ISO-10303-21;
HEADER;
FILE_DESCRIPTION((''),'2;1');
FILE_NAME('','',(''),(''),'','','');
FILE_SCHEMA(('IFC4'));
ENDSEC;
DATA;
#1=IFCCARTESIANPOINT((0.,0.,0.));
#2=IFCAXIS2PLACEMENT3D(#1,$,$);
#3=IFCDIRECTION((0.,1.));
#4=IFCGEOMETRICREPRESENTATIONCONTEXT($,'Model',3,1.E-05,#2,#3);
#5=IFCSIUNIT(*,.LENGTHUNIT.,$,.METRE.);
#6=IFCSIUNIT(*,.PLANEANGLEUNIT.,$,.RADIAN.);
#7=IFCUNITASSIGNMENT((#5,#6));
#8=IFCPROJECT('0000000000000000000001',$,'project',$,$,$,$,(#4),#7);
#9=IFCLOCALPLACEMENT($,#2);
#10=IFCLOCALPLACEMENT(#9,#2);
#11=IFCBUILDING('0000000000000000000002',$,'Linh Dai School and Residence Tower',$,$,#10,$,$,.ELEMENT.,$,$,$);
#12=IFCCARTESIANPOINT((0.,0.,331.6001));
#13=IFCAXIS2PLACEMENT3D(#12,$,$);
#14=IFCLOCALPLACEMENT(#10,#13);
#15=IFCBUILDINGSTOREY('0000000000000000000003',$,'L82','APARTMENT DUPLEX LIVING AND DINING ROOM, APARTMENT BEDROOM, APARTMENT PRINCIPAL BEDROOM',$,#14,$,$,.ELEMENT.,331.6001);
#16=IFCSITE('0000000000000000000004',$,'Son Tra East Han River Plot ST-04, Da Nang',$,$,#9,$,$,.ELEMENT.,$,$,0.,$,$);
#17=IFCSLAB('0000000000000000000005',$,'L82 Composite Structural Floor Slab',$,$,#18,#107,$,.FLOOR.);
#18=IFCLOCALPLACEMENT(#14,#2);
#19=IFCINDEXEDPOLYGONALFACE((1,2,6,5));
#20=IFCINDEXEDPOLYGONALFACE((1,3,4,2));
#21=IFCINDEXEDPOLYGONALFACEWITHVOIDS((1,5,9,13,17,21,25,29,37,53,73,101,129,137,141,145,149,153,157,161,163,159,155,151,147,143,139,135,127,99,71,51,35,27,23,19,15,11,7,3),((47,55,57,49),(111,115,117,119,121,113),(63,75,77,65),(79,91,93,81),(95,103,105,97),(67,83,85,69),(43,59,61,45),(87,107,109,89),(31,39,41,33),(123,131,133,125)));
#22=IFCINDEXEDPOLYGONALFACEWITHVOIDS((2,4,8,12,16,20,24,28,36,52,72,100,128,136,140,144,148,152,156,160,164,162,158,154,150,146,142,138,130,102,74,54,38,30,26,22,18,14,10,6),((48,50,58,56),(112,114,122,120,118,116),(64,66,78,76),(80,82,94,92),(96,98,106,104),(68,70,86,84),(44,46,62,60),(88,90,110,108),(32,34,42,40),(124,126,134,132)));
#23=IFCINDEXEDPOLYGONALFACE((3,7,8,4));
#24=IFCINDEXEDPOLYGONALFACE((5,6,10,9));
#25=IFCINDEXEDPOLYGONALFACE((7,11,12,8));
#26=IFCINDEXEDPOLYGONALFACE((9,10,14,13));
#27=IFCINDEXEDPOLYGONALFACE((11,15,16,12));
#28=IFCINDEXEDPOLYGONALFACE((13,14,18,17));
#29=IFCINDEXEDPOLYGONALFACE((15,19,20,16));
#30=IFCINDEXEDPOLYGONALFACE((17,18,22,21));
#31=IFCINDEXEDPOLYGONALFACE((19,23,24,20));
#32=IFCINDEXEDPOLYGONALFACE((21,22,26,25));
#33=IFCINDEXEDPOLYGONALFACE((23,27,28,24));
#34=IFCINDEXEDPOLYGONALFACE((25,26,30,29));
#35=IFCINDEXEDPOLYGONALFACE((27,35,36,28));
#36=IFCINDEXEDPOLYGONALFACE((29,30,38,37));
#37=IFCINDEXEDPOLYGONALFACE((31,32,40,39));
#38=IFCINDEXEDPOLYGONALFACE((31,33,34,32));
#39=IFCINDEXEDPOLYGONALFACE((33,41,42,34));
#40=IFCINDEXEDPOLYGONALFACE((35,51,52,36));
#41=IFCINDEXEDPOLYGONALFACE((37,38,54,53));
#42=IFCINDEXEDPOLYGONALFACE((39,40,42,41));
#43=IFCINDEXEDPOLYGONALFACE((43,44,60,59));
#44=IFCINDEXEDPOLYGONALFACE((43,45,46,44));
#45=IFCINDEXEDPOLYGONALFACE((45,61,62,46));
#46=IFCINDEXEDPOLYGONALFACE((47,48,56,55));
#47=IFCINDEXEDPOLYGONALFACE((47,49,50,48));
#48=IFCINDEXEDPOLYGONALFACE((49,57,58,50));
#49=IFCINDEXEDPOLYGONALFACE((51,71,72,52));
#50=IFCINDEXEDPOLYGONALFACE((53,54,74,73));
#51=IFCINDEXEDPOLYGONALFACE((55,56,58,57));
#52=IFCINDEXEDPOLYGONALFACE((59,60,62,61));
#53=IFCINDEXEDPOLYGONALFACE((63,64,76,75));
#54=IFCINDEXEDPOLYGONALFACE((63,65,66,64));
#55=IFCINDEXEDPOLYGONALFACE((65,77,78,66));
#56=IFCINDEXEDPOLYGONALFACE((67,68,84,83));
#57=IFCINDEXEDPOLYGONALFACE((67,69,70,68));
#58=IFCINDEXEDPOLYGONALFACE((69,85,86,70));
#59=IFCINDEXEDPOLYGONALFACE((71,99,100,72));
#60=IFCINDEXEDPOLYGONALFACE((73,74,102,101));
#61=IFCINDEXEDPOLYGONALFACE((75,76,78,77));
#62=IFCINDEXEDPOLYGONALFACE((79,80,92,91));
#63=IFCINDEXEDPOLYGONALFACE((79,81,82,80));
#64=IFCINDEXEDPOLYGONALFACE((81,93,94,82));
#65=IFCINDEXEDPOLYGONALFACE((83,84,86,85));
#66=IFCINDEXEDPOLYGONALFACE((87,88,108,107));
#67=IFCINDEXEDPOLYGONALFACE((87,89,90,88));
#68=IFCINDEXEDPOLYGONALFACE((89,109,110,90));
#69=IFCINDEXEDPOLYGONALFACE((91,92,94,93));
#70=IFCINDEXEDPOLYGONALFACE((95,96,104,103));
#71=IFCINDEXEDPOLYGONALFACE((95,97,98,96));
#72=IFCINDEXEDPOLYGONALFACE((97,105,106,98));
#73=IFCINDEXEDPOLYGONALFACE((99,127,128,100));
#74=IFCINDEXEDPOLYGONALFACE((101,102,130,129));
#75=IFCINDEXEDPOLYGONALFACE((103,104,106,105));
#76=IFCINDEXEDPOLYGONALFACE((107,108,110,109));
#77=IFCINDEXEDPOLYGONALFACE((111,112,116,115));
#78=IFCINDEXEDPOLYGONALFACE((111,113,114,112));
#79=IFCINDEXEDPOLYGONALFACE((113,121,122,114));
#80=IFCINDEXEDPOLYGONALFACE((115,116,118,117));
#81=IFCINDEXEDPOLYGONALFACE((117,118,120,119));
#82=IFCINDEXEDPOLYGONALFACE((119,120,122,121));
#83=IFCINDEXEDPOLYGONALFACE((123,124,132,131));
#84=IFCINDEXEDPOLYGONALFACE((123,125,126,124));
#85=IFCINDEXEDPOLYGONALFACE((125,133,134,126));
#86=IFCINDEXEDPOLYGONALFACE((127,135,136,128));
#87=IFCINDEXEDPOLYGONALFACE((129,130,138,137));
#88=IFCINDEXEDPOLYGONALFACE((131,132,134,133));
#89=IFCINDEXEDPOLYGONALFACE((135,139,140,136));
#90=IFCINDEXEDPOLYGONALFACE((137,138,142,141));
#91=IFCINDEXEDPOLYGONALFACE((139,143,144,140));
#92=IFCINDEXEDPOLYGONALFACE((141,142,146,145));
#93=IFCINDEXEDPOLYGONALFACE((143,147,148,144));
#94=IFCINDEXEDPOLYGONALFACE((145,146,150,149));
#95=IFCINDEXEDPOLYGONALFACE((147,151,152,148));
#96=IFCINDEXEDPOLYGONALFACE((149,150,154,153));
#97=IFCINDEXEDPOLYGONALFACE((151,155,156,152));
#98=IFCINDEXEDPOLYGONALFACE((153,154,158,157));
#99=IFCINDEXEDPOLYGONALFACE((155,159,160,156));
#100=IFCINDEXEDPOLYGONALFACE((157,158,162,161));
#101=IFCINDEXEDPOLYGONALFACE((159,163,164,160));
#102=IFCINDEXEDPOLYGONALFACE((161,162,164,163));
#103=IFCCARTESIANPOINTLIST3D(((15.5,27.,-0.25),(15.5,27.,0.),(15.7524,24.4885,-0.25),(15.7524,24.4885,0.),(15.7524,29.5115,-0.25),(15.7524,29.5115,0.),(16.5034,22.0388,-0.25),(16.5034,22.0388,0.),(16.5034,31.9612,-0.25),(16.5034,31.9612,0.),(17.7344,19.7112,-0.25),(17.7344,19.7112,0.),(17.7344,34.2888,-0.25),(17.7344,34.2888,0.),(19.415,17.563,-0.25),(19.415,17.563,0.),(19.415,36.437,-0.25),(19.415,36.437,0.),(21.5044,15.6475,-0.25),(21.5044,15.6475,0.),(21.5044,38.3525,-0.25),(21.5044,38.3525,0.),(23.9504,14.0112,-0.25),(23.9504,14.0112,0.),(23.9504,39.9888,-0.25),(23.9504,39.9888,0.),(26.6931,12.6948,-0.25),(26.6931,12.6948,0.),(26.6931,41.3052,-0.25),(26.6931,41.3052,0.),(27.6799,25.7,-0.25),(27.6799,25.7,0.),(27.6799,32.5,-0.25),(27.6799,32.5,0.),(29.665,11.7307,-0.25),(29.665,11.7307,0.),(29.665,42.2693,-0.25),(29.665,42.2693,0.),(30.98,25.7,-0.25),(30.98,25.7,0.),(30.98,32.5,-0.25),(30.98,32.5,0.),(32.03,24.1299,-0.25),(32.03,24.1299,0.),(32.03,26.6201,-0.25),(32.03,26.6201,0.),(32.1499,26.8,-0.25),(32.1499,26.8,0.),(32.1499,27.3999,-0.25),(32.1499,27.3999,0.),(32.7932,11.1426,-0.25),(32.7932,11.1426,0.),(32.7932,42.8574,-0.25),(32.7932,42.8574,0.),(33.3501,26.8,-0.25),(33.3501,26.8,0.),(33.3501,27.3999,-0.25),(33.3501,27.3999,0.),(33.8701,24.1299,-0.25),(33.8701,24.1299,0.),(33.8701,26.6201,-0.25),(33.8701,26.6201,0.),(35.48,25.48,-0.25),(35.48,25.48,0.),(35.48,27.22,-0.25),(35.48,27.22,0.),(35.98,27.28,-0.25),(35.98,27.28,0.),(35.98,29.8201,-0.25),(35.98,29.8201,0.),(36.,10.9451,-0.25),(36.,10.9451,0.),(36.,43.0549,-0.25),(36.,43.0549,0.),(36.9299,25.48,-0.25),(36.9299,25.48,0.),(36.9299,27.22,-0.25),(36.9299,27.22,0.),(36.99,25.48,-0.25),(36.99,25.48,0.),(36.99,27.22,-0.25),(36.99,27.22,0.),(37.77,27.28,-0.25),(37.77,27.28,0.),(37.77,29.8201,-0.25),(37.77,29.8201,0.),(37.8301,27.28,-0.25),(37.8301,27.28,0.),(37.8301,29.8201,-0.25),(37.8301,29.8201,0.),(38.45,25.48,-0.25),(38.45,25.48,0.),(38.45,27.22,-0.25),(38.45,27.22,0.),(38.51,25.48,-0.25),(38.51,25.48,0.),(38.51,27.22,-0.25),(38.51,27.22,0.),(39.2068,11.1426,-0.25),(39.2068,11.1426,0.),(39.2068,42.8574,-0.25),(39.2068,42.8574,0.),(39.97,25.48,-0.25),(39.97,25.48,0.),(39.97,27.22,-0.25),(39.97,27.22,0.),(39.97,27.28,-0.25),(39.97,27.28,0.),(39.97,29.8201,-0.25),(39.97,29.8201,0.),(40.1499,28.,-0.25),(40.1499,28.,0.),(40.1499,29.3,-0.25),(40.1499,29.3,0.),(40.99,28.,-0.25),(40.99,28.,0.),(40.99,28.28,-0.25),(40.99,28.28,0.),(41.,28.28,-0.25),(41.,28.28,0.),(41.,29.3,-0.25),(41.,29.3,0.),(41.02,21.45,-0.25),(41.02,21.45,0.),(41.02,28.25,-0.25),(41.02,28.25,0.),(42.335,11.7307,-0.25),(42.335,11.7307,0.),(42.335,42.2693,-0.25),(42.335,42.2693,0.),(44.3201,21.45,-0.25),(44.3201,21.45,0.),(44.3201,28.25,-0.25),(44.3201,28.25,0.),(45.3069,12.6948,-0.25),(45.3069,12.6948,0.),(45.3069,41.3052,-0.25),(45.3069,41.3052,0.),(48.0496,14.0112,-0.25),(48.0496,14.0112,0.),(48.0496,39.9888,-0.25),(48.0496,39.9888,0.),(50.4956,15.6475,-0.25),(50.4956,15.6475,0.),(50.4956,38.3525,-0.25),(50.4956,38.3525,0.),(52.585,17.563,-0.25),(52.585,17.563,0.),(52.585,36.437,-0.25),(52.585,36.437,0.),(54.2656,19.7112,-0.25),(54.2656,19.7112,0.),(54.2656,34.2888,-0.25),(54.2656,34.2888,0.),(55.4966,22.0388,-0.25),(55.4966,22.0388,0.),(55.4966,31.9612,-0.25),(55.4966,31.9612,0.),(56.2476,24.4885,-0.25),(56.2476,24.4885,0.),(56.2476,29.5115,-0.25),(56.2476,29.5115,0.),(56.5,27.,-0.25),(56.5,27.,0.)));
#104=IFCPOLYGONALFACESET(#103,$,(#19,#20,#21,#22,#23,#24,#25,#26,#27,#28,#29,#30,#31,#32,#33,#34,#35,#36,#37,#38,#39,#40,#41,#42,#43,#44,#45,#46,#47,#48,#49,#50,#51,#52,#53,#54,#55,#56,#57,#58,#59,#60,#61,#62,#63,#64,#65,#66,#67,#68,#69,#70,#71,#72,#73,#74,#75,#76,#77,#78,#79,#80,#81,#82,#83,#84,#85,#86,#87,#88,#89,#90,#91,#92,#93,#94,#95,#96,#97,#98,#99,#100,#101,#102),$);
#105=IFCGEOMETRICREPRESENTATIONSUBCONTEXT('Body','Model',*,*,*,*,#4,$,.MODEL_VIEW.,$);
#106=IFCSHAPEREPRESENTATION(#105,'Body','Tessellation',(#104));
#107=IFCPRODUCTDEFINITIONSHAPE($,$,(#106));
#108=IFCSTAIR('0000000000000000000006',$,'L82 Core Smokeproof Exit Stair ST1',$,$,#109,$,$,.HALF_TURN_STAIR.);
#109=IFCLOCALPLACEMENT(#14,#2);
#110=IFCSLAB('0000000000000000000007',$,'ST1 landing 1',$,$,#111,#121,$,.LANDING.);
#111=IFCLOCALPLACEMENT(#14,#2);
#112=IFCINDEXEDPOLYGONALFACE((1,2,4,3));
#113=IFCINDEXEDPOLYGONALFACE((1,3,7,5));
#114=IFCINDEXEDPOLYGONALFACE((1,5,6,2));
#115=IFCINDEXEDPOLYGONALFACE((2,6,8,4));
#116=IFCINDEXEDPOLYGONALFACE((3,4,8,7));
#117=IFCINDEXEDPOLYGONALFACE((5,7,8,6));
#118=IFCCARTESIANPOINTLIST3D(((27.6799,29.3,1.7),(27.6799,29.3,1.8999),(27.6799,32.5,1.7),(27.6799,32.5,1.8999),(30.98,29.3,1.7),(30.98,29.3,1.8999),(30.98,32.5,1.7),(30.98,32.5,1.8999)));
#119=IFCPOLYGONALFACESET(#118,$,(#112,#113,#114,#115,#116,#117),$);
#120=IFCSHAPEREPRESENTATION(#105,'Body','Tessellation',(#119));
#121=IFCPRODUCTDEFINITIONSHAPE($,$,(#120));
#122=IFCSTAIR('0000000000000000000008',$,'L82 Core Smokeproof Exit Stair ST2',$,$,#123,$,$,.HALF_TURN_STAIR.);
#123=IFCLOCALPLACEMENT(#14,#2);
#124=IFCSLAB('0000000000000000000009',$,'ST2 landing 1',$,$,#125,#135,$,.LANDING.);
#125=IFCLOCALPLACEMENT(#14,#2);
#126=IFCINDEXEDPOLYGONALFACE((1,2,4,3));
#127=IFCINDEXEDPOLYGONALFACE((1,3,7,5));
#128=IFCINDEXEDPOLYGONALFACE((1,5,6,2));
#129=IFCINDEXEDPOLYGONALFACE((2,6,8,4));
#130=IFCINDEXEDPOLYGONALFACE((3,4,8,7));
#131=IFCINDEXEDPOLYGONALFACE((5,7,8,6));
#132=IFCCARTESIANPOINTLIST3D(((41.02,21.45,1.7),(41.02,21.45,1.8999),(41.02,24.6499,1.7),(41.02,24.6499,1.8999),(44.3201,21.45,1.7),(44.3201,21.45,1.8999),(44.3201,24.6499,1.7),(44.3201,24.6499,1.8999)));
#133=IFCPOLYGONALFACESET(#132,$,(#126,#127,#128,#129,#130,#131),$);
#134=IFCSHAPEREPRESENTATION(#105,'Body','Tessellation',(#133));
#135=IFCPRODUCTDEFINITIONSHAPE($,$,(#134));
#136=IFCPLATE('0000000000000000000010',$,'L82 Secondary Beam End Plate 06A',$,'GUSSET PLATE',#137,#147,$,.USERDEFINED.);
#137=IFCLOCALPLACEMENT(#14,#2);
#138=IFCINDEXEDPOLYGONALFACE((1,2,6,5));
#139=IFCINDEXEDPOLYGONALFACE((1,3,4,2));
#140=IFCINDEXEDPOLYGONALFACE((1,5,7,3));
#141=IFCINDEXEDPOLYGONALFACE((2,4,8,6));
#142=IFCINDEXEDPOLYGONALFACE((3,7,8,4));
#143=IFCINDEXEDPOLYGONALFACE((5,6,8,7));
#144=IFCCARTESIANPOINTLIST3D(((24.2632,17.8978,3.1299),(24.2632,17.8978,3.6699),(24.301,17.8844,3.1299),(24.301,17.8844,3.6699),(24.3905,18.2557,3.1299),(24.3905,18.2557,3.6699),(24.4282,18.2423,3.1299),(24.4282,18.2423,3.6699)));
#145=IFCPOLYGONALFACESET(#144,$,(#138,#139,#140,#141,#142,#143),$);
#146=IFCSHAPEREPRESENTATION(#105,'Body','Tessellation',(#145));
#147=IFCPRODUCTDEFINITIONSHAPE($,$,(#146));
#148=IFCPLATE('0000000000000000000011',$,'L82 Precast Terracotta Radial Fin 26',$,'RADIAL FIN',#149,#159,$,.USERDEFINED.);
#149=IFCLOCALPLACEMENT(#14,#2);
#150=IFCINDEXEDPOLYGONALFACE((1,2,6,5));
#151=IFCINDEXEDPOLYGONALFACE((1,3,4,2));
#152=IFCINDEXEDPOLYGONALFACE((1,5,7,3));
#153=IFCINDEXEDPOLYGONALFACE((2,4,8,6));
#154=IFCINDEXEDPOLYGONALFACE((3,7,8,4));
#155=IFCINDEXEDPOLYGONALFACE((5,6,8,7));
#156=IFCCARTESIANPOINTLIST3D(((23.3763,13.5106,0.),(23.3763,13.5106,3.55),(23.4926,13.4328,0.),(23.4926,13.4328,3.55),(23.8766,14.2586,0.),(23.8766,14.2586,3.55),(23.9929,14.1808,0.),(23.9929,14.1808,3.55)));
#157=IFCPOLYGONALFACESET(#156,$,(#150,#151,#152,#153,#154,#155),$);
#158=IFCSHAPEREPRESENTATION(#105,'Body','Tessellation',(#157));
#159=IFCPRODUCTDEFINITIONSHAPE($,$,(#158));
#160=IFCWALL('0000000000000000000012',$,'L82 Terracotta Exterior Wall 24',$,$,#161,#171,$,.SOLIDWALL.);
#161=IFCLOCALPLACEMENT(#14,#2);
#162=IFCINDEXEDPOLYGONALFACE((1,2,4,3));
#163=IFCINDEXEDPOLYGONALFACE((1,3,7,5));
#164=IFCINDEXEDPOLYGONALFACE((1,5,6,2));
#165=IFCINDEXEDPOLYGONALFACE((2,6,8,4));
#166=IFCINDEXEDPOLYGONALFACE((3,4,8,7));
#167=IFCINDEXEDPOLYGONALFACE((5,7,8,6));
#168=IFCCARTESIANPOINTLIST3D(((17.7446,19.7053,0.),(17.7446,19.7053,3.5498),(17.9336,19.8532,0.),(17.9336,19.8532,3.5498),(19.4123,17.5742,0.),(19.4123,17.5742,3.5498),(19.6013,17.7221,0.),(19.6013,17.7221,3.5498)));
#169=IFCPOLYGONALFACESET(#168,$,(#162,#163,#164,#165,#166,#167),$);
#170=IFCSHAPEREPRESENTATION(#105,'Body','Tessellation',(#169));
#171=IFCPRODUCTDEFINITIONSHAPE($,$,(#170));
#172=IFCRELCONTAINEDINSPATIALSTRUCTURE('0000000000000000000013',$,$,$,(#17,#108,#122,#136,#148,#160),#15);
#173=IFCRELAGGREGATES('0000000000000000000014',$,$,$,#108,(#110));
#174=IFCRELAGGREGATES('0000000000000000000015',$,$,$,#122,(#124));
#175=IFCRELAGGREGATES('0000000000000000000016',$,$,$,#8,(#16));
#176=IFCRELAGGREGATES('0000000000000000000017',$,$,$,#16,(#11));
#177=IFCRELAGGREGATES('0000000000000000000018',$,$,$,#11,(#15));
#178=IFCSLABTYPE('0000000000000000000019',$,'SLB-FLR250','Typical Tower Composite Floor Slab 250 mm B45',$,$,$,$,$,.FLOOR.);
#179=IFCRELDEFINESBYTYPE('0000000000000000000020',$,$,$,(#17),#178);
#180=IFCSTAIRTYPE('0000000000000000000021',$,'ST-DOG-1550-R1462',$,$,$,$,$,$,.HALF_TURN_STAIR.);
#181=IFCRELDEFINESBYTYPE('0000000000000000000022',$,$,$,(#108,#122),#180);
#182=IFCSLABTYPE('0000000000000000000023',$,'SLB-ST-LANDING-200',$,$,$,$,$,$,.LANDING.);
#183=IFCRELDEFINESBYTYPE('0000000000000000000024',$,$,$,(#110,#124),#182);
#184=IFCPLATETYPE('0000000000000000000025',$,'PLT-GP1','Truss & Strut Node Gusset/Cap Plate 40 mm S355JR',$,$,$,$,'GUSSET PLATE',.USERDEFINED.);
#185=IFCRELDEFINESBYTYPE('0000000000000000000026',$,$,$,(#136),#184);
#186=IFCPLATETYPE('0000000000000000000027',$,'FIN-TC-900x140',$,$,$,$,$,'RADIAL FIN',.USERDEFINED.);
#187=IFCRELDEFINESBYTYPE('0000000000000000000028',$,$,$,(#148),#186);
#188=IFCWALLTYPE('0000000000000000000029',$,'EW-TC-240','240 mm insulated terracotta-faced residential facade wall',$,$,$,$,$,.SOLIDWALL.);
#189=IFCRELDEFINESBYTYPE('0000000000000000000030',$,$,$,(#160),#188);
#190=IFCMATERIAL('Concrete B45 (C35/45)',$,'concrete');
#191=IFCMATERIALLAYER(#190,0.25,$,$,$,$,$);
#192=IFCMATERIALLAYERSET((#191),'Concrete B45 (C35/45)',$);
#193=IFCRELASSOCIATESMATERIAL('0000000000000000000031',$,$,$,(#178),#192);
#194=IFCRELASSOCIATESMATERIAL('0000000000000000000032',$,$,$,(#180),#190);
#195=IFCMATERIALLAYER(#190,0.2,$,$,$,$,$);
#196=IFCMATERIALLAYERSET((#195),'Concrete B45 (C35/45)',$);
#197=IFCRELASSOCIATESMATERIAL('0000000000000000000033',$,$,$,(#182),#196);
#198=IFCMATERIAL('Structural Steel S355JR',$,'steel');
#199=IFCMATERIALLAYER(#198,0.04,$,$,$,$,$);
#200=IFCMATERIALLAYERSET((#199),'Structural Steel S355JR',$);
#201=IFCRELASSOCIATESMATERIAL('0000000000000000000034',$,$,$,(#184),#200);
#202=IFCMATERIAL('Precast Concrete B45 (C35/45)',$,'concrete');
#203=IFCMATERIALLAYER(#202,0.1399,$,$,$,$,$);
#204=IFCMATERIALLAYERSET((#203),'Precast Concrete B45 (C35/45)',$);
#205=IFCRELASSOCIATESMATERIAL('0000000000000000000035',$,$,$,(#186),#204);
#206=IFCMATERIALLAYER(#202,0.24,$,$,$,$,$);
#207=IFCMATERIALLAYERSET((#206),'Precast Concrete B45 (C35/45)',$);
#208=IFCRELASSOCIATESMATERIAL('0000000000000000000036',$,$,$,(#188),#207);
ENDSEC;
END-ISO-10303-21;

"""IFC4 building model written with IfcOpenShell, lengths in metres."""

from ifc_helpers import new_model, si_unit, direction, frame, frame_2d, origin, origin_2d, place, context, subcontext, project, spatial, polyline, rectangle, outline, extrude, source, transform, mapped, material, layer, layer_set, type_object, element, aggregate, save


model = new_model("IFC4")

# Units and contexts
model_context = context("Model", 3, precision=1e-05, world=origin(), true_north=direction((0.0, 1.0)))
body_context = subcontext(model_context, "Body", "Model", "MODEL_VIEW")
ifc_project = project(units=[si_unit("LENGTHUNIT", "METRE"), si_unit("PLANEANGLEUNIT", "RADIAN")], contexts=[model_context])

# Site, building, storey
site_placement = place(None, origin())
site = spatial("IfcSite", under=ifc_project, at=site_placement, Name="Son Tra East Han River Plot ST-04, Da Nang", CompositionType="ELEMENT", RefElevation=0.0)
building_placement = place(site_placement, origin())
building = spatial("IfcBuilding", under=site, at=building_placement, Name="Linh Dai School and Residence Tower", CompositionType="ELEMENT")
storey_placement = place(building_placement, frame((0.0, 0.0, 331.6001)))
storey = spatial("IfcBuildingStorey", under=building, at=storey_placement, Name="L82", Description="APARTMENT DUPLEX LIVING AND DINING ROOM, APARTMENT BEDROOM, APARTMENT PRINCIPAL BEDROOM", CompositionType="ELEMENT", Elevation=331.6001)

# Shared definitions
ifc_material_1 = material(Name="Structural Steel S355JR", Category="steel")

# Slab
ifc_material_2 = material(Name="Concrete B45 (C35/45)", Category="concrete")
ifc_layer_1 = layer(ifc_material_2, 0.25)
ifc_layer_set_1 = layer_set([ifc_layer_1], Name="Concrete B45 (C35/45)")
slab_type_1 = type_object("IfcSlabType", Name="SLB-FLR250", Description="Typical Tower Composite Floor Slab 250 mm B45", PredefinedType="FLOOR", material=ifc_layer_set_1)
slab_1_placement = place(storey_placement, frame((0.0, 0.0, -0.25)))
element("IfcSlab", 1, at=slab_1_placement, inside=storey, type_object=slab_type_1, Name="L82 Composite Structural Floor Slab", PredefinedType="FLOOR", context=body_context, shape_type="SweptSolid", body=[
    extrude(outline(polyline([(56.5, 27.0), (56.2476, 29.5115), (55.4966, 31.9612), (54.2656, 34.2888), (52.585, 36.437), (50.4956, 38.3525), (48.0496, 39.9888), (45.3069, 41.3052), (42.335, 42.2693), (39.2068, 42.8574), (36.0, 43.0549), (32.7932, 42.8574), (29.665, 42.2693), (26.6931, 41.3052), (23.9504, 39.9888), (21.5044, 38.3525), (19.415, 36.437), (17.7344, 34.2888), (16.5034, 31.9612), (15.7524, 29.5115), (15.5, 27.0), (15.7524, 24.4885), (16.5034, 22.0388), (17.7344, 19.7112), (19.415, 17.563), (21.5044, 15.6475), (23.9504, 14.0112), (26.6931, 12.6948), (29.665, 11.7307), (32.7932, 11.1426), (36.0, 10.9451), (39.2068, 11.1426), (42.335, 11.7307), (45.3069, 12.6948), (48.0496, 14.0112), (50.4956, 15.6475), (52.585, 17.563), (54.2656, 19.7112), (55.4966, 22.0388), (56.2476, 24.4885), (56.5, 27.0)]), holes=[polyline([(30.98, 25.7), (30.98, 32.5), (27.6799, 32.5), (27.6799, 25.7), (30.98, 25.7)]), polyline([(41.02, 28.25), (41.02, 21.45), (44.3201, 21.45), (44.3201, 28.25), (41.02, 28.25)]), polyline([(35.98, 27.28), (37.77, 27.28), (37.77, 29.8201), (35.98, 29.8201), (35.98, 27.28)]), polyline([(32.03, 24.1299), (33.8701, 24.1299), (33.8701, 26.6201), (32.03, 26.6201), (32.03, 24.1299)]), polyline([(37.8301, 27.28), (39.97, 27.28), (39.97, 29.8201), (37.8301, 29.8201), (37.8301, 27.28)]), polyline([(35.48, 25.48), (36.9299, 25.48), (36.9299, 27.22), (35.48, 27.22), (35.48, 25.48)]), polyline([(36.99, 25.48), (38.45, 25.48), (38.45, 27.22), (36.99, 27.22), (36.99, 25.48)]), polyline([(38.51, 25.48), (39.97, 25.48), (39.97, 27.22), (38.51, 27.22), (38.51, 25.48)]), polyline([(40.1499, 28.0), (40.1499, 29.3), (41.0, 29.3), (41.0, 28.28), (40.99, 28.28), (40.99, 28.0), (40.1499, 28.0)]), polyline([(32.1499, 26.8), (33.3501, 26.8), (33.3501, 27.3999), (32.1499, 27.3999), (32.1499, 26.8)])]), origin(), (0.0, 0.0, 1.0), 0.25),
])

# Stairs, slabs
stair_type = type_object("IfcStairType", Name="ST-DOG-1550-R1462", PredefinedType="HALF_TURN_STAIR", material=ifc_material_2)
stair_1_placement = place(storey_placement, origin())
stair_1 = element("IfcStair", 2, at=stair_1_placement, inside=storey, type_object=stair_type, Name="L82 Core Smokeproof Exit Stair ST1", PredefinedType="HALF_TURN_STAIR")
ifc_layer_2 = layer(ifc_material_2, 0.2)
ifc_layer_set_2 = layer_set([ifc_layer_2], Name="Concrete B45 (C35/45)")
slab_type_2 = type_object("IfcSlabType", Name="SLB-ST-LANDING-200", PredefinedType="LANDING", material=ifc_layer_set_2)
slab_2_placement = place(storey_placement, frame((0.0, 0.0, 1.7)))
slab_2 = element("IfcSlab", 3, at=slab_2_placement, type_object=slab_type_2, Name="ST1 landing 1", PredefinedType="LANDING", context=body_context, shape_type="SweptSolid", body=[
    extrude(outline(polyline([(30.98, 29.3), (30.98, 32.5), (27.6799, 32.5), (27.6799, 29.3), (30.98, 29.3)])), origin(), (0.0, 0.0, 1.0), 0.2),
])
aggregate(stair_1, [slab_2])
stair_2_placement = place(storey_placement, origin())
stair_2 = element("IfcStair", 4, at=stair_2_placement, inside=storey, type_object=stair_type, Name="L82 Core Smokeproof Exit Stair ST2", PredefinedType="HALF_TURN_STAIR")
slab_3_placement = place(storey_placement, frame((0.0, 0.0, 1.7)))
slab_3 = element("IfcSlab", 5, at=slab_3_placement, type_object=slab_type_2, Name="ST2 landing 1", PredefinedType="LANDING", context=body_context, shape_type="SweptSolid", body=[
    extrude(outline(polyline([(41.02, 24.6499), (41.02, 21.45), (44.3201, 21.45), (44.3201, 24.6499), (41.02, 24.6499)])), origin(), (0.0, 0.0, 1.0), 0.2),
])
aggregate(stair_2, [slab_3])

# Plates
ifc_layer_3 = layer(ifc_material_1, 0.04)
ifc_layer_set_3 = layer_set([ifc_layer_3], Name="Structural Steel S355JR")
plate_type_1 = type_object("IfcPlateType", Name="PLT-GP1", Description="Truss & Strut Node Gusset/Cap Plate 40 mm S355JR", ElementType="GUSSET PLATE", PredefinedType="USERDEFINED", material=ifc_layer_set_3)
shared_shape_1 = source(origin(), body_context, "Body", "SweptSolid", [
    extrude(rectangle(XDim=0.04, YDim=0.3799, at=origin_2d()), origin(), (0.0, 0.0, 1.0), 0.54),
])
plate_1_placement = place(storey_placement, frame((24.3457, 18.0701, 3.1299), z_axis=(0.0, 0.0, 1.0), x_axis=(0.942251, -0.334909, 0.0)))
element("IfcPlate", 6, at=plate_1_placement, inside=storey, type_object=plate_type_1, Name="L82 Secondary Beam End Plate 06A", ObjectType="GUSSET PLATE", PredefinedType="USERDEFINED", context=body_context, shape_type="MappedRepresentation", body=[
    mapped(shared_shape_1, transform((0.0, 0.0, 0.0), x_axis=(1.0, 0.0, 0.0), y_axis=(0.0, 1.0, 0.0), z_axis=(0.0, 0.0, 1.0), scale=1.0)),
])
ifc_material_3 = material(Name="Precast Concrete B45 (C35/45)", Category="concrete")
ifc_layer_4 = layer(ifc_material_3, 0.1399)
ifc_layer_set_4 = layer_set([ifc_layer_4], Name="Precast Concrete B45 (C35/45)")
plate_type_2 = type_object("IfcPlateType", Name="FIN-TC-900x140", ElementType="RADIAL FIN", PredefinedType="USERDEFINED", material=ifc_layer_set_4)
shared_shape_2 = source(origin(), body_context, "Body", "SweptSolid", [
    extrude(rectangle(XDim=0.8999, YDim=0.1399, at=origin_2d()), origin(), (0.0, 0.0, 1.0), 3.55),
])
plate_2_placement = place(storey_placement, frame((23.6846, 13.8457, 0.0), z_axis=(0.0, 0.0, 1.0), x_axis=(-0.555971, -0.831202, 0.0)))
element("IfcPlate", 7, at=plate_2_placement, inside=storey, type_object=plate_type_2, Name="L82 Precast Terracotta Radial Fin 26", ObjectType="RADIAL FIN", PredefinedType="USERDEFINED", context=body_context, shape_type="MappedRepresentation", body=[
    mapped(shared_shape_2, transform((0.0, 0.0, 0.0), x_axis=(1.0, 0.0, 0.0), y_axis=(0.0, 1.0, 0.0), z_axis=(0.0, 0.0, 1.0), scale=1.0)),
])

# Wall
ifc_layer_5 = layer(ifc_material_3, 0.24)
ifc_layer_set_5 = layer_set([ifc_layer_5], Name="Precast Concrete B45 (C35/45)")
wall_type_1 = type_object("IfcWallType", Name="EW-TC-240", Description="240 mm insulated terracotta-faced residential facade wall", PredefinedType="SOLIDWALL", material=ifc_layer_set_5)
wall_1_placement = place(storey_placement, frame((19.5068, 17.6482, 0.0), z_axis=(0.0, 0.0, 1.0), x_axis=(-0.616286, 0.787522, 0.0)))
element("IfcWall", 8, at=wall_1_placement, inside=storey, type_object=wall_type_1, Name="L82 Terracotta Exterior Wall 24", PredefinedType="SOLIDWALL", context=body_context, shape_type="SweptSolid", body=[
    extrude(rectangle(XDim=2.7061, YDim=0.24, at=frame_2d((1.353, 0.0))), origin(), (0.0, 0.0, 1.0), 3.5498),
])

save(model, "model.ifc")
